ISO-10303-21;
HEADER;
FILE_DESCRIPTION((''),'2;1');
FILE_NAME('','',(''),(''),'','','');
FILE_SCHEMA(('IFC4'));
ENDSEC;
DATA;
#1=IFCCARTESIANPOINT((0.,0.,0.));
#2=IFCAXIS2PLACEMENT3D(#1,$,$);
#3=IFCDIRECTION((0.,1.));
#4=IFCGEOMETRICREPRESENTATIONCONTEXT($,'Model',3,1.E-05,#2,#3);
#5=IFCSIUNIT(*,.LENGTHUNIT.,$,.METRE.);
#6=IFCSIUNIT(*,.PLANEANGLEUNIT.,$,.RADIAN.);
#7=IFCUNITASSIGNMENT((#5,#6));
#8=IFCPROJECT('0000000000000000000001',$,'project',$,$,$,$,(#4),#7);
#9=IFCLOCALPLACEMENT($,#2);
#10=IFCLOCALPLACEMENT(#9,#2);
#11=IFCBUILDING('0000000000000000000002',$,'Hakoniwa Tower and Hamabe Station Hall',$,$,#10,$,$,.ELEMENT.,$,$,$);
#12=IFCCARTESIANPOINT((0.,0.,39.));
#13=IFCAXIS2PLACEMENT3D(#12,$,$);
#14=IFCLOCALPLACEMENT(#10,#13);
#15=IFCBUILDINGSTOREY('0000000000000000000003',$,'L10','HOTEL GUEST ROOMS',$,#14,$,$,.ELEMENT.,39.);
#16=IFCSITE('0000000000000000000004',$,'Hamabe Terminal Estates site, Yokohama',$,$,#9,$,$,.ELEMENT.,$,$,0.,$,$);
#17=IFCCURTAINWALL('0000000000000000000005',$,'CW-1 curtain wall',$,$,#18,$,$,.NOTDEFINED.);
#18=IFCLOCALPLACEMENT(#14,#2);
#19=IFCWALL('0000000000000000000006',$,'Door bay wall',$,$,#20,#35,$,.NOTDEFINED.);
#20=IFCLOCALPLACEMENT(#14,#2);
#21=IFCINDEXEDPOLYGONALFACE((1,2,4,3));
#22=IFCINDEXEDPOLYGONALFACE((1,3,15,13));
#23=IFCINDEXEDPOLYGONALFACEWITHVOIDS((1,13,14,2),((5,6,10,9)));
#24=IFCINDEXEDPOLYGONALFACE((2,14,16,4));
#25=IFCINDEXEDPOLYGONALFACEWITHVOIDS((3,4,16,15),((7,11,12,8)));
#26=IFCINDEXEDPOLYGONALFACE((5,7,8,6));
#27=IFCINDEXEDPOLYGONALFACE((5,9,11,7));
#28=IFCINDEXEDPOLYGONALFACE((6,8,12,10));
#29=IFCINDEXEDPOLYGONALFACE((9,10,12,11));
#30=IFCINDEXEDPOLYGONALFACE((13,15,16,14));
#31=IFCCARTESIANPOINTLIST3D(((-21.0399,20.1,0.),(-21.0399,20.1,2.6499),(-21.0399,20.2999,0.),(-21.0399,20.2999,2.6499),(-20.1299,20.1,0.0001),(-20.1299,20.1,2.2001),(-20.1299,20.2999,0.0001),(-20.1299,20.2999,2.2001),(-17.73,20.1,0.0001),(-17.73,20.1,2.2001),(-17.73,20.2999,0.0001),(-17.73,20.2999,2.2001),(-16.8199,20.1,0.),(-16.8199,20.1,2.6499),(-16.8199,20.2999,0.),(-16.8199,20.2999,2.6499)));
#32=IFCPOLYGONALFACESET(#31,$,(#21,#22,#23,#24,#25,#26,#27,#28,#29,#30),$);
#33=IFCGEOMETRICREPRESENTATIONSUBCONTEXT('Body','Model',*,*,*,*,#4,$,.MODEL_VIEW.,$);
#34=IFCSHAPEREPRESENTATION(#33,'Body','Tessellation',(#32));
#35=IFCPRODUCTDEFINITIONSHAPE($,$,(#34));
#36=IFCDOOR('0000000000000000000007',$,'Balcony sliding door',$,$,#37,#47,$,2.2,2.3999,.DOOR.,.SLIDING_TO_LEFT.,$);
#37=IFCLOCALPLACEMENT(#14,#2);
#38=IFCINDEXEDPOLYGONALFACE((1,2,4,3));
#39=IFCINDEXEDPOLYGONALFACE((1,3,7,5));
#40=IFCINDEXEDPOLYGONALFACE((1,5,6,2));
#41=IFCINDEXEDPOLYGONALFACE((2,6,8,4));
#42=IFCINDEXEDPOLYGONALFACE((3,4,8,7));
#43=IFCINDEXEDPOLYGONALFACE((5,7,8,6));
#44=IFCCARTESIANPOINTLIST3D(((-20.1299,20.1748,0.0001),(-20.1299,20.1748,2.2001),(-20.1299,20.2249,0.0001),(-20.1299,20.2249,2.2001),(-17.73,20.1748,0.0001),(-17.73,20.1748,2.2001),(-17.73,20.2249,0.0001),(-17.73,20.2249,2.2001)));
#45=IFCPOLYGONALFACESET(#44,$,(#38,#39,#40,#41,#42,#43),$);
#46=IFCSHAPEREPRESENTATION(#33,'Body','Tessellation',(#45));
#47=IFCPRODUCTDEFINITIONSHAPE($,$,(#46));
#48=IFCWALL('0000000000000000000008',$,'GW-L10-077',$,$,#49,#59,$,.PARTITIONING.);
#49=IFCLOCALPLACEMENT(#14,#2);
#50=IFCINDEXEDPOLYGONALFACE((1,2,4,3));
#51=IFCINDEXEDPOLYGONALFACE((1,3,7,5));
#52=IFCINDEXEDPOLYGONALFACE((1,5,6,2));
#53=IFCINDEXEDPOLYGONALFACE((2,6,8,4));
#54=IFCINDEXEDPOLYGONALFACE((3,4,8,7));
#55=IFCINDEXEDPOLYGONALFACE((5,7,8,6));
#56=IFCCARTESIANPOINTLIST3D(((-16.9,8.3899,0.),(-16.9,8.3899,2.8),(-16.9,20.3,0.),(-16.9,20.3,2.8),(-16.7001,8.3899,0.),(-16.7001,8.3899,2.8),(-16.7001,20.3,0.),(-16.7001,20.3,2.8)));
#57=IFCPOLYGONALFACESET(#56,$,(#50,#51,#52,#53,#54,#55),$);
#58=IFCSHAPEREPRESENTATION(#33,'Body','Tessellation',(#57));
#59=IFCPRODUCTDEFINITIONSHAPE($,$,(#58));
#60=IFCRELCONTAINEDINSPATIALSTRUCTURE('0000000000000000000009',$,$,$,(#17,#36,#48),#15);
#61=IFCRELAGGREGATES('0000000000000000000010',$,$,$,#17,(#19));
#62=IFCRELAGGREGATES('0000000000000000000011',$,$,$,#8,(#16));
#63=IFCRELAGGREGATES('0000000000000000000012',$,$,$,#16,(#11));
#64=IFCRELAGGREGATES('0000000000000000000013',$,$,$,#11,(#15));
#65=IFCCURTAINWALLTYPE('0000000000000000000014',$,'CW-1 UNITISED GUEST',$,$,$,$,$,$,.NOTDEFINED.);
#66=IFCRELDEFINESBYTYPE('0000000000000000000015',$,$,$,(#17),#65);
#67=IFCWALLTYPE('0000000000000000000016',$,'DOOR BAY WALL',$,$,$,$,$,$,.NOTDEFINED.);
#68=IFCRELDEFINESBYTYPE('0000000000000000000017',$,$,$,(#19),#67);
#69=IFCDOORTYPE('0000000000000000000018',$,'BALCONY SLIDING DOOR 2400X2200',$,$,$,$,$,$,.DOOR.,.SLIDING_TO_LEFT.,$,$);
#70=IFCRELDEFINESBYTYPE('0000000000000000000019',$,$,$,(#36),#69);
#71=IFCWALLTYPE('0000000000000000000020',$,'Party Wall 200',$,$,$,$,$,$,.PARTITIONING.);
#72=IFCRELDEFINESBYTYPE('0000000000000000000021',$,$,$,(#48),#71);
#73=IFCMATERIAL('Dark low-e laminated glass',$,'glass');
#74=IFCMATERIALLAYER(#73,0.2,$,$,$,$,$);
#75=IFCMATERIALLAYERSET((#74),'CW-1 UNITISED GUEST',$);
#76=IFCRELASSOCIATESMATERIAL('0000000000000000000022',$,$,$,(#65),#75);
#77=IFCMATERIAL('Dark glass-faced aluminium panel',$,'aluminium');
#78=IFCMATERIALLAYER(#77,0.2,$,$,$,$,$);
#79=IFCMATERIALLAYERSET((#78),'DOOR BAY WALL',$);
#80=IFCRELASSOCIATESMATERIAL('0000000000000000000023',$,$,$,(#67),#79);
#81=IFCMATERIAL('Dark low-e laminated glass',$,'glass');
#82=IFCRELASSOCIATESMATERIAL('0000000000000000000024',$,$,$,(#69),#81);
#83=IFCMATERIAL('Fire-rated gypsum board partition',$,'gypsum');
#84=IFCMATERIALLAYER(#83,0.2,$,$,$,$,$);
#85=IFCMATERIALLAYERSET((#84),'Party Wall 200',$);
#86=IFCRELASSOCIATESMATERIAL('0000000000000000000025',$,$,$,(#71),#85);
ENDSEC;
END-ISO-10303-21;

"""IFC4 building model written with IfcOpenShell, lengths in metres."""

from ifc_helpers import new_model, si_unit, direction, frame, frame_2d, origin, place, context, subcontext, project, spatial, rectangle, extrude, material, layer, layer_set, type_object, element, fill, aggregate, save


model = new_model("IFC4")

# Units and contexts
model_context = context("Model", 3, precision=1e-05, world=origin(), true_north=direction((0.0, 1.0)))
body_context = subcontext(model_context, "Body", "Model", "MODEL_VIEW")
ifc_project = project(units=[si_unit("LENGTHUNIT", "METRE"), si_unit("PLANEANGLEUNIT", "RADIAN")], contexts=[model_context])

# Site, building, storey
site_placement = place(None, origin())
site = spatial("IfcSite", under=ifc_project, at=site_placement, Name="Hamabe Terminal Estates site, Yokohama", CompositionType="ELEMENT", RefElevation=0.0)
building_placement = place(site_placement, origin())
building = spatial("IfcBuilding", under=site, at=building_placement, Name="Hakoniwa Tower and Hamabe Station Hall", CompositionType="ELEMENT")
storey_placement = place(building_placement, frame((0.0, 0.0, 39.0)))
storey = spatial("IfcBuildingStorey", under=building, at=storey_placement, Name="L10", Description="HOTEL GUEST ROOMS", CompositionType="ELEMENT", Elevation=39.0)

# Curtain wall
ifc_material_1 = material(Name="Dark low-e laminated glass", Category="glass")
ifc_layer_1 = layer(ifc_material_1, 0.2)
ifc_layer_set_1 = layer_set([ifc_layer_1], Name="CW-1 UNITISED GUEST")
curtain_wall_type = type_object("IfcCurtainWallType", Name="CW-1 UNITISED GUEST", PredefinedType="NOTDEFINED", material=ifc_layer_set_1)
curtain_wall_placement = place(storey_placement, origin())
curtain_wall = element("IfcCurtainWall", 1, at=curtain_wall_placement, inside=storey, type_object=curtain_wall_type, Name="CW-1 curtain wall", PredefinedType="NOTDEFINED")

# Wall, opening, door
ifc_material_2 = material(Name="Dark glass-faced aluminium panel", Category="aluminium")
ifc_layer_2 = layer(ifc_material_2, 0.2)
ifc_layer_set_2 = layer_set([ifc_layer_2], Name="DOOR BAY WALL")
wall_type_1 = type_object("IfcWallType", Name="DOOR BAY WALL", PredefinedType="NOTDEFINED", material=ifc_layer_set_2)
ifc_material_3 = material(Name="Dark low-e laminated glass", Category="glass")
door_type = type_object("IfcDoorType", Name="BALCONY SLIDING DOOR 2400X2200", OperationType="SLIDING_TO_LEFT", PredefinedType="DOOR", material=ifc_material_3)
wall_1_placement = place(storey_placement, frame((-16.8201, 20.2, 0.0), z_axis=(0.0, 0.0, 1.0), x_axis=(-1.0, 0.0, 0.0)))
wall_1 = element("IfcWall", 2, at=wall_1_placement, type_object=wall_type_1, Name="Door bay wall", PredefinedType="NOTDEFINED", context=body_context, shape_type="SweptSolid", body=[
    extrude(rectangle(XDim=4.22, YDim=0.2, at=frame_2d((2.1099, 0.0))), origin(), (0.0, 0.0, 1.0), 2.6499),
])
opening_1_placement = place(wall_1_placement, frame((0.9099, 0.0, 0.0)))
opening_1 = element("IfcOpeningElement", 3, at=opening_1_placement, cuts=wall_1, PredefinedType="OPENING", context=body_context, shape_type="SweptSolid", body=[
    extrude(rectangle(XDim=2.3999, YDim=2.2, at=frame_2d((1.2, 1.1001))), frame((0.0, 0.1099, 0.0), z_axis=(0.0, -1.0, 0.0), x_axis=(1.0, 0.0, 0.0)), (0.0, 0.0, 1.0), 0.22),
])
door_1_placement = place(opening_1_placement, frame((2.3999, 0.0, 0.0), z_axis=(0.0, 0.0, 1.0), x_axis=(-1.0, 0.0, 0.0)))
door_1 = element("IfcDoor", 4, at=door_1_placement, inside=storey, type_object=door_type, Name="Balcony sliding door", OperationType="SLIDING_TO_LEFT", OverallHeight=2.2, OverallWidth=2.3999, PredefinedType="DOOR", context=body_context, shape_type="SweptSolid", body=[
    extrude(rectangle(XDim=2.3999, YDim=2.2, at=frame_2d((1.2, 1.1001))), frame((0.0, 0.0249, 0.0), z_axis=(0.0, -1.0, 0.0), x_axis=(1.0, 0.0, 0.0)), (0.0, 0.0, 1.0), 0.05),
])
fill(opening_1, door_1)
aggregate(curtain_wall, [wall_1])

# Wall
ifc_material_4 = material(Name="Fire-rated gypsum board partition", Category="gypsum")
ifc_layer_3 = layer(ifc_material_4, 0.2)
ifc_layer_set_3 = layer_set([ifc_layer_3], Name="Party Wall 200")
wall_type_2 = type_object("IfcWallType", Name="Party Wall 200", PredefinedType="PARTITIONING", material=ifc_layer_set_3)
wall_2_placement = place(storey_placement, frame((-16.8, 8.3899, 0.0), z_axis=(0.0, 0.0, 1.0), x_axis=(0.0, 1.0, 0.0)))
element("IfcWall", 5, at=wall_2_placement, inside=storey, type_object=wall_type_2, Name="GW-L10-077", PredefinedType="PARTITIONING", context=body_context, shape_type="SweptSolid", body=[
    extrude(rectangle(XDim=11.9102, YDim=0.2, at=frame_2d((5.9551, 0.0))), origin(), (0.0, 0.0, 1.0), 2.8),
])

save(model, "model.ifc")
